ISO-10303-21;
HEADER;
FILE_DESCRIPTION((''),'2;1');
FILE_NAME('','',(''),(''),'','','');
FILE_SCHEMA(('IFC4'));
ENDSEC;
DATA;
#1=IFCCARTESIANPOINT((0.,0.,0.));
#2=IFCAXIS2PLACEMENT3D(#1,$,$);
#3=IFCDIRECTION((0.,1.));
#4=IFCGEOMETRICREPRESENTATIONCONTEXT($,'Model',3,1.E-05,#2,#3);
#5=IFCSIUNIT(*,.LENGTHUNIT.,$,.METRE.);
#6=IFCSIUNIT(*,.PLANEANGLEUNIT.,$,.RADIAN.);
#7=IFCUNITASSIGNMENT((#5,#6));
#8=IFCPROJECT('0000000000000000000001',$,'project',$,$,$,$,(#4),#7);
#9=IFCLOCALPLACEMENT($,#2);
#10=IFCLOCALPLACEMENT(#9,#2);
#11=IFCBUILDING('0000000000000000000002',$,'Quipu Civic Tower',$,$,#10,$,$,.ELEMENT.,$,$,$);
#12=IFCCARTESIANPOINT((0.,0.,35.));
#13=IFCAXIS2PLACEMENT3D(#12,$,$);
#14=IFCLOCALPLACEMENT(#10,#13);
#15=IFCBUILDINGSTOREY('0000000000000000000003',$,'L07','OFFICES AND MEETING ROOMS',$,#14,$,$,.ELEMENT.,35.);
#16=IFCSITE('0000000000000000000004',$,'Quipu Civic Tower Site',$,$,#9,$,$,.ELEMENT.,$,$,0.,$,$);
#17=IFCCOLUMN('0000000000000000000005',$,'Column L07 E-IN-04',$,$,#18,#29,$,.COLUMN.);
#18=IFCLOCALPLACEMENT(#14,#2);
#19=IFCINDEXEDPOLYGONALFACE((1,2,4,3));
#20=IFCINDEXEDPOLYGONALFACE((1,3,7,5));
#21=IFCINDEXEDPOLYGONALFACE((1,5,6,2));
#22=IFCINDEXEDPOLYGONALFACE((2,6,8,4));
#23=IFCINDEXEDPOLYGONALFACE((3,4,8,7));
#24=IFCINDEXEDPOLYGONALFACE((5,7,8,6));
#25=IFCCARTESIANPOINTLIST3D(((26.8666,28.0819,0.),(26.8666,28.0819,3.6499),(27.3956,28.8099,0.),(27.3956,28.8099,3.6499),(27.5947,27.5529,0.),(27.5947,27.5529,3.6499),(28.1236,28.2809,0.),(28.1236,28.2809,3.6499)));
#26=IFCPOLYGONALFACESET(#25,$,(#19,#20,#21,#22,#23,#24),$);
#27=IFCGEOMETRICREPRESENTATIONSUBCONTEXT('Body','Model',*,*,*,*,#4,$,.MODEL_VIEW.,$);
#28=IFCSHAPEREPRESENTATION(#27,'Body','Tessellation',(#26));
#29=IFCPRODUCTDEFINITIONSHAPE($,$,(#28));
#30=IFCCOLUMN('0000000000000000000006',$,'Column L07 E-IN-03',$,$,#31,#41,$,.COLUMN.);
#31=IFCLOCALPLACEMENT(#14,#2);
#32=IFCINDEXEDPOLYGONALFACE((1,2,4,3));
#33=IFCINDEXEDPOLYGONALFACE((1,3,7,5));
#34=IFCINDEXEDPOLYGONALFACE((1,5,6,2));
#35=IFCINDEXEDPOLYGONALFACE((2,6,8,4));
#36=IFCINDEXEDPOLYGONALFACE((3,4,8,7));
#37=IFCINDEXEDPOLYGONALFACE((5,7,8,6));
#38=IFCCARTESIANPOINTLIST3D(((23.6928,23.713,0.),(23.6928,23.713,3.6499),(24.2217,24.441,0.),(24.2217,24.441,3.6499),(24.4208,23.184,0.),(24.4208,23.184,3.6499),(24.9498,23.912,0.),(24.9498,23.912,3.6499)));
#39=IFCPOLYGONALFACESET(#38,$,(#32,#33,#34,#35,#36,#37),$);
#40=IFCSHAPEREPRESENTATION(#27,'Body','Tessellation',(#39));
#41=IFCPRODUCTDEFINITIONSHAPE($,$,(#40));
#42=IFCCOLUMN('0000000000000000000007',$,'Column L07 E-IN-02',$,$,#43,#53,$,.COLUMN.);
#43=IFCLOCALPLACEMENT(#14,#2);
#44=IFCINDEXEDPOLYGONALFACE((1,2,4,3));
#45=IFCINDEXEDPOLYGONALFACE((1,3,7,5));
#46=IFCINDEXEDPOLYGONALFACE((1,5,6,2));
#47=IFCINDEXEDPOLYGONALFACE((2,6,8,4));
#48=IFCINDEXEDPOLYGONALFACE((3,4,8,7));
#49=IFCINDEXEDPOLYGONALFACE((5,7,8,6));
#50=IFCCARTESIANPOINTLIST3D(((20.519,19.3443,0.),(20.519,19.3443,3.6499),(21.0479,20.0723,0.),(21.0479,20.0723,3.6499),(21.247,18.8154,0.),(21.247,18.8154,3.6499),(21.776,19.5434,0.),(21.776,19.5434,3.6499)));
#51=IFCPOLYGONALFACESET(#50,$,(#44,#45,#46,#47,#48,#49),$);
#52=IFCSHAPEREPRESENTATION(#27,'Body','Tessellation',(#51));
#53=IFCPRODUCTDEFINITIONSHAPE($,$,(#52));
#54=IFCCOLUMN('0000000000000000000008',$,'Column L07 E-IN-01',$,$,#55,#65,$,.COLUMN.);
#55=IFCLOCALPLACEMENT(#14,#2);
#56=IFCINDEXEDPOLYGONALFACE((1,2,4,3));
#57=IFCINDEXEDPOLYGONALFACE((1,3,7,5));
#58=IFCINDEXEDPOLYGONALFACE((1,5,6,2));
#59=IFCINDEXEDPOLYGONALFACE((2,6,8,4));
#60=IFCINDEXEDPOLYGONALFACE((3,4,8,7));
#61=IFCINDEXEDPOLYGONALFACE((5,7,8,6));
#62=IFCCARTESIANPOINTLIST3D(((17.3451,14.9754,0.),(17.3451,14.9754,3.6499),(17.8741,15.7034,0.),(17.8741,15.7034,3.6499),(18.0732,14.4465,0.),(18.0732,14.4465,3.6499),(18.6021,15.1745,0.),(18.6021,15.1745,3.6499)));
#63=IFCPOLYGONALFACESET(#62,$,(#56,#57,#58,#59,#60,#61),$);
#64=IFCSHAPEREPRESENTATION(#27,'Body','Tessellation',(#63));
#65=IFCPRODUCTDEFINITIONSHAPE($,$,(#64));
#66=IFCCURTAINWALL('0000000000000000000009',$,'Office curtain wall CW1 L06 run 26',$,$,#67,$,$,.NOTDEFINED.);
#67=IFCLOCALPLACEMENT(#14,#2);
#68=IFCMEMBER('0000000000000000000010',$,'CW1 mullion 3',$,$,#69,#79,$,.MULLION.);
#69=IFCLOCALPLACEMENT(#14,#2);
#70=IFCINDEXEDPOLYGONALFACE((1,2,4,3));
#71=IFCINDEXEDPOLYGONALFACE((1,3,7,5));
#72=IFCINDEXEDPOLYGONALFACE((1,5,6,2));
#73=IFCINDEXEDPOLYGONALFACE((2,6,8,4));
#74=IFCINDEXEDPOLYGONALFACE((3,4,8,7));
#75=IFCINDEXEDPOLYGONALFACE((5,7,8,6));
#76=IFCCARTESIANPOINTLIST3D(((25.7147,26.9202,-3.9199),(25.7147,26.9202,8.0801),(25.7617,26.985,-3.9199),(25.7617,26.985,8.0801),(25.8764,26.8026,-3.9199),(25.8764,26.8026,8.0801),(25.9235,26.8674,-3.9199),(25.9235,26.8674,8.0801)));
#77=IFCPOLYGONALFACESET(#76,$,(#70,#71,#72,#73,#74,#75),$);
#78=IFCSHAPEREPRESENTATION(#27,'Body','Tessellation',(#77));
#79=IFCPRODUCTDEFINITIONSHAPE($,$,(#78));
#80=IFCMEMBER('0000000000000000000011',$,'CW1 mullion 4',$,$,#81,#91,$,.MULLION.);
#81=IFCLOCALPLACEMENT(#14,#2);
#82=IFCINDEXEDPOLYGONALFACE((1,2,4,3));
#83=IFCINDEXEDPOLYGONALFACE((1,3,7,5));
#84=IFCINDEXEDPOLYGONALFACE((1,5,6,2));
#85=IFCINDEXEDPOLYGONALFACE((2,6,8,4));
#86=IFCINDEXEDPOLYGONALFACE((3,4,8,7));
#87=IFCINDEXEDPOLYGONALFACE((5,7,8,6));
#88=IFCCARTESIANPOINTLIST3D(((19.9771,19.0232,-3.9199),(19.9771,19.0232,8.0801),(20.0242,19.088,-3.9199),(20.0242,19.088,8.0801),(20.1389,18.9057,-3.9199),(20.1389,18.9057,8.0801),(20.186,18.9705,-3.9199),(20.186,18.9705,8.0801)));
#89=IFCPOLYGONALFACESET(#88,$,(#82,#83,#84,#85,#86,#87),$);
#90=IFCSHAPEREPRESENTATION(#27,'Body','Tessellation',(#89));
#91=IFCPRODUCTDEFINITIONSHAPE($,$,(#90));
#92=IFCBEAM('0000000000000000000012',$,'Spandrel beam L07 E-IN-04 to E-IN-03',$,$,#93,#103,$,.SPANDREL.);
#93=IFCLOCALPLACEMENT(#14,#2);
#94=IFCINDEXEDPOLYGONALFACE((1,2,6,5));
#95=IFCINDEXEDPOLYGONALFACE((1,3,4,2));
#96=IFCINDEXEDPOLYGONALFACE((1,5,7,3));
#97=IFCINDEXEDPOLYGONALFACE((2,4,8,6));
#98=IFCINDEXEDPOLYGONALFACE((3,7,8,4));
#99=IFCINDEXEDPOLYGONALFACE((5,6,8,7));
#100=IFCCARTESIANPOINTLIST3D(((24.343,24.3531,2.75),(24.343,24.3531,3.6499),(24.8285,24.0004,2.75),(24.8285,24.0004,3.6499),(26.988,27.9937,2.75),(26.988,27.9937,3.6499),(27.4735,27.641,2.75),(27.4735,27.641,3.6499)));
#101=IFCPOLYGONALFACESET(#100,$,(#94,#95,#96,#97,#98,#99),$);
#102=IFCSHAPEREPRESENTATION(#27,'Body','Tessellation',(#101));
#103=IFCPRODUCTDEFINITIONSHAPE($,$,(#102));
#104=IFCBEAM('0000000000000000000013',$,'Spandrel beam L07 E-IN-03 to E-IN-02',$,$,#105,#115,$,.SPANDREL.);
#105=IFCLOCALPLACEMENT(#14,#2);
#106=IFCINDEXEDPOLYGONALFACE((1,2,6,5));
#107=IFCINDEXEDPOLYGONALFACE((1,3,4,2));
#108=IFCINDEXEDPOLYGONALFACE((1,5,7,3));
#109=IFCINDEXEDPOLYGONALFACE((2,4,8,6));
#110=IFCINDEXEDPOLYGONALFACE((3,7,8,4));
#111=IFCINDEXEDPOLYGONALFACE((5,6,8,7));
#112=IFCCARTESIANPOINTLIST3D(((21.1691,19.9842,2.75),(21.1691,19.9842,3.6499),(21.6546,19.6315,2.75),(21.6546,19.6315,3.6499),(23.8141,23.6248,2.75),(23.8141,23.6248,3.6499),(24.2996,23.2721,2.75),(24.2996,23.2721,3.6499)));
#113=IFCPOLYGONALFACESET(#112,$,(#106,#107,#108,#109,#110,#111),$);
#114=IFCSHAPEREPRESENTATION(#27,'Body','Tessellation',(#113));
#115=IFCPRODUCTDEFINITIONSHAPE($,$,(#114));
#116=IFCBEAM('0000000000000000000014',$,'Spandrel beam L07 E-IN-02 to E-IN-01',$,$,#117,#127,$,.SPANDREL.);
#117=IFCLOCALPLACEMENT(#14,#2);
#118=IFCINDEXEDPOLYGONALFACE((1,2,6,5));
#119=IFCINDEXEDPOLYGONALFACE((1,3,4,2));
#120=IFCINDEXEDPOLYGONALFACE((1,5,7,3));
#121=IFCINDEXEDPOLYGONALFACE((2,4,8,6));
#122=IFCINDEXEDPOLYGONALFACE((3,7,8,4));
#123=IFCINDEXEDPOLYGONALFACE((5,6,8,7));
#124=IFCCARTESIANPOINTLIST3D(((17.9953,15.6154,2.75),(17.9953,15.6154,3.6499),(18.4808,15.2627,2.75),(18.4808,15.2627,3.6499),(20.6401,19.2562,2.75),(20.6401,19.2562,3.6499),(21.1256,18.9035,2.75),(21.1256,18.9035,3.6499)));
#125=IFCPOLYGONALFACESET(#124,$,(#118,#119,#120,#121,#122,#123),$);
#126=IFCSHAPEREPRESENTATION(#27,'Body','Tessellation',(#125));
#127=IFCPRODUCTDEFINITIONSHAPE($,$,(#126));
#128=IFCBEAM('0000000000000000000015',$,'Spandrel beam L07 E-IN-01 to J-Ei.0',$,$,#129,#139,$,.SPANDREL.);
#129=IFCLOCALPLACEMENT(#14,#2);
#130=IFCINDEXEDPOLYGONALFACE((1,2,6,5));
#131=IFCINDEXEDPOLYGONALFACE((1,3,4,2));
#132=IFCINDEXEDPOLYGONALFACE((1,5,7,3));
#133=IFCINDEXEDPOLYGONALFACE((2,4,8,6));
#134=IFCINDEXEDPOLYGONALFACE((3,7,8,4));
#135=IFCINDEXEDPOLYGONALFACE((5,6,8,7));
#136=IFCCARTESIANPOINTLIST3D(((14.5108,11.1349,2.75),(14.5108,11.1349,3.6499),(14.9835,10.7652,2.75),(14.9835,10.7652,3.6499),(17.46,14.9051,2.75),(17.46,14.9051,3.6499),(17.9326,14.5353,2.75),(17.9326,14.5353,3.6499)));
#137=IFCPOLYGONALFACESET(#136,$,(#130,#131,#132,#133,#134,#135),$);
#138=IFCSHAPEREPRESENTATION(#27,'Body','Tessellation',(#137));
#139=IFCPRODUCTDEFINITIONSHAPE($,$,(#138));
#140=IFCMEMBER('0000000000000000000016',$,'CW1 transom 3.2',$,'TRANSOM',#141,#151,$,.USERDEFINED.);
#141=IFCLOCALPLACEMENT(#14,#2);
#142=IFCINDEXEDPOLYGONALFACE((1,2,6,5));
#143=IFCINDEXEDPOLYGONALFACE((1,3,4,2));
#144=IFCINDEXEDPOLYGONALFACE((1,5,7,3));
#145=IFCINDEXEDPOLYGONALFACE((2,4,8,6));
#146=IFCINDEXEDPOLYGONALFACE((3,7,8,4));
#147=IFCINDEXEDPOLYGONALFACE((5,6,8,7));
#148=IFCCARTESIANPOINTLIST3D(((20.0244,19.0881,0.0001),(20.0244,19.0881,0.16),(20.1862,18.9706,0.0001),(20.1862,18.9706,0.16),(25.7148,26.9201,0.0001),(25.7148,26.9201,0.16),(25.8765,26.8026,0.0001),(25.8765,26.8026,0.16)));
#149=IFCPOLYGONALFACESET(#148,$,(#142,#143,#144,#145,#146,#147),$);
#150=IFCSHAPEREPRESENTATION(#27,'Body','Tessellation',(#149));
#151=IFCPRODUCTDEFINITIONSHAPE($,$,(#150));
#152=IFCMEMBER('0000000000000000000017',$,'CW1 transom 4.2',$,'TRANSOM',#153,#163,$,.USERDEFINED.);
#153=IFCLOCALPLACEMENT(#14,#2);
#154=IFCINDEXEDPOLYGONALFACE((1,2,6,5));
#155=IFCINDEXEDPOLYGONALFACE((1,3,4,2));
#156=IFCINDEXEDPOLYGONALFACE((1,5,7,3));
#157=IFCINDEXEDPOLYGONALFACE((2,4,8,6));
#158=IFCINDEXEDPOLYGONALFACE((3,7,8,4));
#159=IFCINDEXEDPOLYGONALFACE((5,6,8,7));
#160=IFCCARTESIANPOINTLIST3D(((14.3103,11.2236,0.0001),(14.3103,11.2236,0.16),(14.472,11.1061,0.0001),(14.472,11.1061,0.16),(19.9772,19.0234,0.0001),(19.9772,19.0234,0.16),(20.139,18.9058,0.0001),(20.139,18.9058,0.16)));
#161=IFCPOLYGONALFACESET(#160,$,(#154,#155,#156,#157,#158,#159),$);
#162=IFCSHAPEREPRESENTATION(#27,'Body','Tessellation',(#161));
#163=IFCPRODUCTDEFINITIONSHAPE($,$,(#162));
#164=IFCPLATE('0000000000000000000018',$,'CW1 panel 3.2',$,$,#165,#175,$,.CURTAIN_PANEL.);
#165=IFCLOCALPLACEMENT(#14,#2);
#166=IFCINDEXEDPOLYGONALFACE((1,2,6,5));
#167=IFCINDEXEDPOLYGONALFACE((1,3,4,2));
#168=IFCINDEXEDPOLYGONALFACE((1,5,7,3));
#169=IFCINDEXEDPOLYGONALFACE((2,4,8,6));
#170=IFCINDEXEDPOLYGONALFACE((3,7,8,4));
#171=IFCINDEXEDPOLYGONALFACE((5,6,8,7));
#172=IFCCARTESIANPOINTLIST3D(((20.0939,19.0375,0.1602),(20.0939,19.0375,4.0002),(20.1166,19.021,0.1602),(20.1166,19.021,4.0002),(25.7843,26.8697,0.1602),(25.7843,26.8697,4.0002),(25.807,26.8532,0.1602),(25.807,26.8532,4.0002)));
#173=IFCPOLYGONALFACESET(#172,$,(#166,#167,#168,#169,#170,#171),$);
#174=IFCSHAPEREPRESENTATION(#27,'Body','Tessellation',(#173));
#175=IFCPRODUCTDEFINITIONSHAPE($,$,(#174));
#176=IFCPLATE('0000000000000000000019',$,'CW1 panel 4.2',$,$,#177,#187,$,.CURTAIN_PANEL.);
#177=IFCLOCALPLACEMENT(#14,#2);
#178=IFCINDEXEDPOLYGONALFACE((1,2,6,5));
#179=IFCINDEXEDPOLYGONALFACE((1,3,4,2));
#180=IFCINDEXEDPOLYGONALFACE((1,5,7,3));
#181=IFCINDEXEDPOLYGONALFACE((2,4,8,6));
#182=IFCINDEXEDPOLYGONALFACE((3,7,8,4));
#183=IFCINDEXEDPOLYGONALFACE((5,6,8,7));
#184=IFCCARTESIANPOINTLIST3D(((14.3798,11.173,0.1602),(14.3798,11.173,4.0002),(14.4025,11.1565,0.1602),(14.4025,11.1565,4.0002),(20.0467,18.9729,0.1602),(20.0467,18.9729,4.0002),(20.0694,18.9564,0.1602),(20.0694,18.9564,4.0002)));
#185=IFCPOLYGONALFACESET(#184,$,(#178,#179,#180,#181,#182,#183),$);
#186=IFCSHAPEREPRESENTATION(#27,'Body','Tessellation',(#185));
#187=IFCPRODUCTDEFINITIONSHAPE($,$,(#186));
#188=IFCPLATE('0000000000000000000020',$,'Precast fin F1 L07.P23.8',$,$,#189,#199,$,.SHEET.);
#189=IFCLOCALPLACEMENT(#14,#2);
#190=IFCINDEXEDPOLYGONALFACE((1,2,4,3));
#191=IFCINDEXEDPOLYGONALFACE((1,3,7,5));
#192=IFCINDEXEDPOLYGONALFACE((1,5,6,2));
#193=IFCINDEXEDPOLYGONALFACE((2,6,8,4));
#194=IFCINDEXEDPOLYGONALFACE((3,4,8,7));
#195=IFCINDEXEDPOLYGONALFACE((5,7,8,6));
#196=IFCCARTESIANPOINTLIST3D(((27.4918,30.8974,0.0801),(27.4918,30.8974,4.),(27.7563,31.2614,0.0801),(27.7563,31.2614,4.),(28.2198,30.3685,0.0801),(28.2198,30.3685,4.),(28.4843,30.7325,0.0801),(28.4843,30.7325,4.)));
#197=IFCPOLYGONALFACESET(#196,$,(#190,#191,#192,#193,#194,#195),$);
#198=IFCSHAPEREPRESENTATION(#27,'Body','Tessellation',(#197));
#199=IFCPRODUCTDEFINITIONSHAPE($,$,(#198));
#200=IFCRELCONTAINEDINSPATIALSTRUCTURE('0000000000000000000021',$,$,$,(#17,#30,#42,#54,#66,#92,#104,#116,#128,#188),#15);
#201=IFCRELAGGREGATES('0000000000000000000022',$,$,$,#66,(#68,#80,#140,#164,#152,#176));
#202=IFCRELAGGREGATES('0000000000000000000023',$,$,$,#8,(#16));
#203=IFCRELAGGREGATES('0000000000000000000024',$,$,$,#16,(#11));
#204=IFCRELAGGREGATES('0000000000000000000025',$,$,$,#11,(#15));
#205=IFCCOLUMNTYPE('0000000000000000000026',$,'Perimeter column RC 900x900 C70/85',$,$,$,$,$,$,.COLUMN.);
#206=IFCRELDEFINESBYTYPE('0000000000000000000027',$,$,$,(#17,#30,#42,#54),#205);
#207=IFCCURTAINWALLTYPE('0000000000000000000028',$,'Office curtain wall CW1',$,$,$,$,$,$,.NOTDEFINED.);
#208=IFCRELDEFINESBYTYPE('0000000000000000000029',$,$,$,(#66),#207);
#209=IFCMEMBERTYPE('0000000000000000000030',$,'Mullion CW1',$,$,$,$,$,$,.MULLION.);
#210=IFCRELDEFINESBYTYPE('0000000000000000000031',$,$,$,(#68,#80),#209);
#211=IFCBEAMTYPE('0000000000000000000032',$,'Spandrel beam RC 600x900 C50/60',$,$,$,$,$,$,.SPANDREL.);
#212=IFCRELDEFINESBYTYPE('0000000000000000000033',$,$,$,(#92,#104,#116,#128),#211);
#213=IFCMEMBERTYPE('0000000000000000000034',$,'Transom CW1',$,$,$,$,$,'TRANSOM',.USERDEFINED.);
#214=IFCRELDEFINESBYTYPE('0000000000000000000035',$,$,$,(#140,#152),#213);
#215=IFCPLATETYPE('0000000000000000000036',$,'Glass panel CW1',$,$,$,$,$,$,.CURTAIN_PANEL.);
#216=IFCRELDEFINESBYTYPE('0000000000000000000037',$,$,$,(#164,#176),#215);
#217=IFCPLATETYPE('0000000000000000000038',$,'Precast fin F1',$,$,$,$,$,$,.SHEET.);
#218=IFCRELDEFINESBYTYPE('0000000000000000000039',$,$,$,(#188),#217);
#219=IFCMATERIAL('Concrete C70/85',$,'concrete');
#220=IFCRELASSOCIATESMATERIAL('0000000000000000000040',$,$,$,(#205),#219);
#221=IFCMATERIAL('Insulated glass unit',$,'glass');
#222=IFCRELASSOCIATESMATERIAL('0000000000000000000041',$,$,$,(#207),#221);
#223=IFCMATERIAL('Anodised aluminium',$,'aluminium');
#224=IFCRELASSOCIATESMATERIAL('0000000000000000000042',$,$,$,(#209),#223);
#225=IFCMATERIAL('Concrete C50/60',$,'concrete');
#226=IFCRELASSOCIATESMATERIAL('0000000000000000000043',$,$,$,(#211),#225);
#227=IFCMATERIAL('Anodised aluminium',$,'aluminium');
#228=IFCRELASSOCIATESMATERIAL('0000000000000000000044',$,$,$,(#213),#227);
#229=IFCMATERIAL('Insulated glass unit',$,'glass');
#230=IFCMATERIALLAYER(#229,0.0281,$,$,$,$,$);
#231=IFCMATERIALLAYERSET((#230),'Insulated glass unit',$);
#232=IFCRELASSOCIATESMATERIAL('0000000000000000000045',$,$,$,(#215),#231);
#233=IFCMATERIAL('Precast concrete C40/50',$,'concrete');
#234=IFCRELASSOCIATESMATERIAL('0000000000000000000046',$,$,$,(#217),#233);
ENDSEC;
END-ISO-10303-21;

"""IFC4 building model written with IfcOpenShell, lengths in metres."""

from ifc_helpers import new_model, si_unit, direction, frame, origin, origin_2d, place, context, subcontext, project, spatial, rectangle, extrude, material, layer, layer_set, material_profile, profile_set, type_object, element, aggregate, save


model = new_model("IFC4")

# Units and contexts
model_context = context("Model", 3, precision=1e-05, world=origin(), true_north=direction((0.0, 1.0)))
body_context = subcontext(model_context, "Body", "Model", "MODEL_VIEW")
ifc_project = project(units=[si_unit("LENGTHUNIT", "METRE"), si_unit("PLANEANGLEUNIT", "RADIAN")], contexts=[model_context])

# Site, building, storey
site_placement = place(None, origin())
site = spatial("IfcSite", under=ifc_project, at=site_placement, Name="Quipu Civic Tower Site", CompositionType="ELEMENT", RefElevation=0.0)
building_placement = place(site_placement, origin())
building = spatial("IfcBuilding", under=site, at=building_placement, Name="Quipu Civic Tower", CompositionType="ELEMENT")
storey_placement = place(building_placement, frame((0.0, 0.0, 35.0)))
storey = spatial("IfcBuildingStorey", under=building, at=storey_placement, Name="L07", Description="OFFICES AND MEETING ROOMS", CompositionType="ELEMENT", Elevation=35.0)

# Columns
ifc_material_1 = material(Name="Concrete C70/85", Category="concrete")
ifc_material_profile_1 = material_profile(ifc_material_1, rectangle(XDim=0.8999, YDim=0.8999, at=origin_2d()), Name="RC900x900")
ifc_profile_set_1 = profile_set([ifc_material_profile_1], Name="Concrete C70/85")
column_type = type_object("IfcColumnType", Name="Perimeter column RC 900x900 C70/85", PredefinedType="COLUMN", material=ifc_profile_set_1)
for number, where, z_axis, x_axis, name in (
    (1, (27.4951, 28.1814, 0.0), (0.0, 0.0, 1.0), (-0.587785, -0.809017, 0.0), "Column L07 E-IN-04"),
    (2, (24.3213, 23.8125, 0.0), (0.0, 0.0, 1.0), (-0.587785, -0.809017, 0.0), "Column L07 E-IN-03"),
    (3, (21.1475, 19.4438, 0.0), (0.0, 0.0, 1.0), (-0.587785, -0.809017, 0.0), "Column L07 E-IN-02"),
    (4, (17.9736, 15.075, 0.0), (0.0, 0.0, 1.0), (-0.587785, -0.809017, 0.0), "Column L07 E-IN-01"),
):
    element("IfcColumn", number, at=place(storey_placement, frame(where, z_axis=z_axis, x_axis=x_axis)), inside=storey, type_object=column_type, Name=name, PredefinedType="COLUMN", context=body_context, shape_type="SweptSolid", body=[
        extrude(rectangle(XDim=0.8999, YDim=0.8999, at=origin_2d()), origin(), (0.0, 0.0, 1.0), 3.6499),
    ])

# Curtain wall, members
ifc_material_2 = material(Name="Insulated glass unit", Category="glass")
curtain_wall_type = type_object("IfcCurtainWallType", Name="Office curtain wall CW1", PredefinedType="NOTDEFINED", material=ifc_material_2)
curtain_wall_placement = place(storey_placement, origin())
curtain_wall = element("IfcCurtainWall", 5, at=curtain_wall_placement, inside=storey, type_object=curtain_wall_type, Name="Office curtain wall CW1 L06 run 26", PredefinedType="NOTDEFINED")
ifc_material_3 = material(Name="Anodised aluminium", Category="aluminium")
ifc_material_profile_2 = material_profile(ifc_material_3, rectangle(XDim=0.2, YDim=0.0801, at=origin_2d()), Name="RECT 200x80")
ifc_profile_set_2 = profile_set([ifc_material_profile_2], Name="Anodised aluminium")
member_type_1 = type_object("IfcMemberType", Name="Mullion CW1", PredefinedType="MULLION", material=ifc_profile_set_2)
member_1_placement = place(storey_placement, frame((25.8191, 26.8938, -3.9199), z_axis=(0.0, 0.0, 1.0), x_axis=(0.809017, -0.587786, 0.0)))
member_1 = element("IfcMember", 6, at=member_1_placement, type_object=member_type_1, Name="CW1 mullion 3", PredefinedType="MULLION", context=body_context, shape_type="SweptSolid", body=[
    extrude(rectangle(XDim=0.2, YDim=0.0801, at=origin_2d()), origin(), (0.0, 0.0, 1.0), 12.0),
])
member_2_placement = place(storey_placement, frame((20.0815, 18.9968, -3.9199), z_axis=(0.0, 0.0, 1.0), x_axis=(0.809017, -0.587786, 0.0)))
member_2 = element("IfcMember", 7, at=member_2_placement, type_object=member_type_1, Name="CW1 mullion 4", PredefinedType="MULLION", context=body_context, shape_type="SweptSolid", body=[
    extrude(rectangle(XDim=0.2, YDim=0.0801, at=origin_2d()), origin(), (0.0, 0.0, 1.0), 12.0),
])

# Beams
ifc_material_4 = material(Name="Concrete C50/60", Category="concrete")
ifc_material_profile_3 = material_profile(ifc_material_4, rectangle(XDim=0.6001, YDim=0.8999, at=origin_2d()), Name="RC600x900")
ifc_profile_set_3 = profile_set([ifc_material_profile_3], Name="Concrete C50/60")
beam_type = type_object("IfcBeamType", Name="Spandrel beam RC 600x900 C50/60", PredefinedType="SPANDREL", material=ifc_profile_set_3)
for number, where, z_axis, x_axis, name in (
    (8, (27.2307, 27.8174, 3.2), (-0.587778, -0.809022, 0.0), (0.809022, -0.587778, 0.0), "Spandrel beam L07 E-IN-04 to E-IN-03"),
    (9, (24.0569, 23.4485, 3.2), (-0.587778, -0.809022, 0.0), (0.809022, -0.587778, 0.0), "Spandrel beam L07 E-IN-03 to E-IN-02"),
    (10, (20.8828, 19.0798, 3.2), (-0.587717, -0.809067, 0.0), (0.809067, -0.587717, 0.0), "Spandrel beam L07 E-IN-02 to E-IN-01"),
):
    element("IfcBeam", number, at=place(storey_placement, frame(where, z_axis=z_axis, x_axis=x_axis)), inside=storey, type_object=beam_type, Name=name, PredefinedType="SPANDREL", context=body_context, shape_type="SweptSolid", body=[
        extrude(rectangle(XDim=0.6001, YDim=0.8999, at=origin_2d()), origin(), (0.0, 0.0, 1.0), 4.5),
    ])
beam_placement = place(storey_placement, frame((17.6963, 14.7202, 3.2), z_axis=(-0.616124, -0.787649, 0.0), x_axis=(0.787649, -0.616124, 0.0)))
element("IfcBeam", 11, at=beam_placement, inside=storey, type_object=beam_type, Name="Spandrel beam L07 E-IN-01 to J-Ei.0", PredefinedType="SPANDREL", context=body_context, shape_type="SweptSolid", body=[
    extrude(rectangle(XDim=0.6001, YDim=0.8999, at=origin_2d()), origin(), (0.0, 0.0, 1.0), 4.7866),
])

# Members
ifc_material_5 = material(Name="Anodised aluminium", Category="aluminium")
ifc_material_profile_4 = material_profile(ifc_material_5, rectangle(XDim=0.2, YDim=0.1599, at=origin_2d()), Name="RECT 200x160")
ifc_profile_set_4 = profile_set([ifc_material_profile_4], Name="Anodised aluminium")
member_type_2 = type_object("IfcMemberType", Name="Transom CW1", ElementType="TRANSOM", PredefinedType="USERDEFINED", material=ifc_profile_set_4)
member_3_placement = place(storey_placement, frame((25.7957, 26.8613, 0.0801), z_axis=(-0.587794, -0.809011, 0.0), x_axis=(0.809011, -0.587794, 0.0)))
member_3 = element("IfcMember", 12, at=member_3_placement, type_object=member_type_2, Name="CW1 transom 3.2", ObjectType="TRANSOM", PredefinedType="USERDEFINED", context=body_context, shape_type="SweptSolid", body=[
    extrude(rectangle(XDim=0.2, YDim=0.1599, at=origin_2d()), origin(), (0.0, 0.0, 1.0), 9.6809),
])
member_4_placement = place(storey_placement, frame((20.0581, 18.9646, 0.0801), z_axis=(-0.587792, -0.809012, 0.0), x_axis=(0.809012, -0.587792, 0.0)))
member_4 = element("IfcMember", 13, at=member_4_placement, type_object=member_type_2, Name="CW1 transom 4.2", ObjectType="TRANSOM", PredefinedType="USERDEFINED", context=body_context, shape_type="SweptSolid", body=[
    extrude(rectangle(XDim=0.2, YDim=0.1599, at=origin_2d()), origin(), (0.0, 0.0, 1.0), 9.6411),
])

# Plates
ifc_material_6 = material(Name="Insulated glass unit", Category="glass")
ifc_layer_1 = layer(ifc_material_6, 0.0281)
ifc_layer_set_1 = layer_set([ifc_layer_1], Name="Insulated glass unit")
plate_type_1 = type_object("IfcPlateType", Name="Glass panel CW1", PredefinedType="CURTAIN_PANEL", material=ifc_layer_set_1)
plate_1_placement = place(storey_placement, frame((22.9504, 22.9453, 0.1602), z_axis=(0.0, 0.0, 1.0), x_axis=(-0.587786, -0.809017, 0.0)))
plate_1 = element("IfcPlate", 14, at=plate_1_placement, type_object=plate_type_1, Name="CW1 panel 3.2", PredefinedType="CURTAIN_PANEL", context=body_context, shape_type="SweptSolid", body=[
    extrude(rectangle(XDim=9.6812, YDim=0.0281, at=origin_2d()), origin(), (0.0, 0.0, 1.0), 3.8401),
])
plate_2_placement = place(storey_placement, frame((17.2246, 15.0647, 0.1602), z_axis=(0.0, 0.0, 1.0), x_axis=(-0.587786, -0.809017, 0.0)))
plate_2 = element("IfcPlate", 15, at=plate_2_placement, type_object=plate_type_1, Name="CW1 panel 4.2", PredefinedType="CURTAIN_PANEL", context=body_context, shape_type="SweptSolid", body=[
    extrude(rectangle(XDim=9.6411, YDim=0.0281, at=origin_2d()), origin(), (0.0, 0.0, 1.0), 3.8401),
])
aggregate(curtain_wall, [member_1, member_2, member_3, plate_1, member_4, plate_2])

# Plate
ifc_material_7 = material(Name="Precast concrete C40/50", Category="concrete")
plate_type_2 = type_object("IfcPlateType", Name="Precast fin F1", PredefinedType="SHEET", material=ifc_material_7)
for number, where, z_axis, x_axis, name in (
    (16, (27.988, 30.8149, 0.0801), (0.0, 0.0, 1.0), (-0.587785, -0.809017, 0.0), "Precast fin F1 L07.P23.8"),
):
    element("IfcPlate", number, at=place(storey_placement, frame(where, z_axis=z_axis, x_axis=x_axis)), inside=storey, type_object=plate_type_2, Name=name, PredefinedType="SHEET", context=body_context, shape_type="SweptSolid", body=[
        extrude(rectangle(XDim=0.45, YDim=0.8999, at=origin_2d()), origin(), (0.0, 0.0, 1.0), 3.9199),
    ])

save(model, "model.ifc")
